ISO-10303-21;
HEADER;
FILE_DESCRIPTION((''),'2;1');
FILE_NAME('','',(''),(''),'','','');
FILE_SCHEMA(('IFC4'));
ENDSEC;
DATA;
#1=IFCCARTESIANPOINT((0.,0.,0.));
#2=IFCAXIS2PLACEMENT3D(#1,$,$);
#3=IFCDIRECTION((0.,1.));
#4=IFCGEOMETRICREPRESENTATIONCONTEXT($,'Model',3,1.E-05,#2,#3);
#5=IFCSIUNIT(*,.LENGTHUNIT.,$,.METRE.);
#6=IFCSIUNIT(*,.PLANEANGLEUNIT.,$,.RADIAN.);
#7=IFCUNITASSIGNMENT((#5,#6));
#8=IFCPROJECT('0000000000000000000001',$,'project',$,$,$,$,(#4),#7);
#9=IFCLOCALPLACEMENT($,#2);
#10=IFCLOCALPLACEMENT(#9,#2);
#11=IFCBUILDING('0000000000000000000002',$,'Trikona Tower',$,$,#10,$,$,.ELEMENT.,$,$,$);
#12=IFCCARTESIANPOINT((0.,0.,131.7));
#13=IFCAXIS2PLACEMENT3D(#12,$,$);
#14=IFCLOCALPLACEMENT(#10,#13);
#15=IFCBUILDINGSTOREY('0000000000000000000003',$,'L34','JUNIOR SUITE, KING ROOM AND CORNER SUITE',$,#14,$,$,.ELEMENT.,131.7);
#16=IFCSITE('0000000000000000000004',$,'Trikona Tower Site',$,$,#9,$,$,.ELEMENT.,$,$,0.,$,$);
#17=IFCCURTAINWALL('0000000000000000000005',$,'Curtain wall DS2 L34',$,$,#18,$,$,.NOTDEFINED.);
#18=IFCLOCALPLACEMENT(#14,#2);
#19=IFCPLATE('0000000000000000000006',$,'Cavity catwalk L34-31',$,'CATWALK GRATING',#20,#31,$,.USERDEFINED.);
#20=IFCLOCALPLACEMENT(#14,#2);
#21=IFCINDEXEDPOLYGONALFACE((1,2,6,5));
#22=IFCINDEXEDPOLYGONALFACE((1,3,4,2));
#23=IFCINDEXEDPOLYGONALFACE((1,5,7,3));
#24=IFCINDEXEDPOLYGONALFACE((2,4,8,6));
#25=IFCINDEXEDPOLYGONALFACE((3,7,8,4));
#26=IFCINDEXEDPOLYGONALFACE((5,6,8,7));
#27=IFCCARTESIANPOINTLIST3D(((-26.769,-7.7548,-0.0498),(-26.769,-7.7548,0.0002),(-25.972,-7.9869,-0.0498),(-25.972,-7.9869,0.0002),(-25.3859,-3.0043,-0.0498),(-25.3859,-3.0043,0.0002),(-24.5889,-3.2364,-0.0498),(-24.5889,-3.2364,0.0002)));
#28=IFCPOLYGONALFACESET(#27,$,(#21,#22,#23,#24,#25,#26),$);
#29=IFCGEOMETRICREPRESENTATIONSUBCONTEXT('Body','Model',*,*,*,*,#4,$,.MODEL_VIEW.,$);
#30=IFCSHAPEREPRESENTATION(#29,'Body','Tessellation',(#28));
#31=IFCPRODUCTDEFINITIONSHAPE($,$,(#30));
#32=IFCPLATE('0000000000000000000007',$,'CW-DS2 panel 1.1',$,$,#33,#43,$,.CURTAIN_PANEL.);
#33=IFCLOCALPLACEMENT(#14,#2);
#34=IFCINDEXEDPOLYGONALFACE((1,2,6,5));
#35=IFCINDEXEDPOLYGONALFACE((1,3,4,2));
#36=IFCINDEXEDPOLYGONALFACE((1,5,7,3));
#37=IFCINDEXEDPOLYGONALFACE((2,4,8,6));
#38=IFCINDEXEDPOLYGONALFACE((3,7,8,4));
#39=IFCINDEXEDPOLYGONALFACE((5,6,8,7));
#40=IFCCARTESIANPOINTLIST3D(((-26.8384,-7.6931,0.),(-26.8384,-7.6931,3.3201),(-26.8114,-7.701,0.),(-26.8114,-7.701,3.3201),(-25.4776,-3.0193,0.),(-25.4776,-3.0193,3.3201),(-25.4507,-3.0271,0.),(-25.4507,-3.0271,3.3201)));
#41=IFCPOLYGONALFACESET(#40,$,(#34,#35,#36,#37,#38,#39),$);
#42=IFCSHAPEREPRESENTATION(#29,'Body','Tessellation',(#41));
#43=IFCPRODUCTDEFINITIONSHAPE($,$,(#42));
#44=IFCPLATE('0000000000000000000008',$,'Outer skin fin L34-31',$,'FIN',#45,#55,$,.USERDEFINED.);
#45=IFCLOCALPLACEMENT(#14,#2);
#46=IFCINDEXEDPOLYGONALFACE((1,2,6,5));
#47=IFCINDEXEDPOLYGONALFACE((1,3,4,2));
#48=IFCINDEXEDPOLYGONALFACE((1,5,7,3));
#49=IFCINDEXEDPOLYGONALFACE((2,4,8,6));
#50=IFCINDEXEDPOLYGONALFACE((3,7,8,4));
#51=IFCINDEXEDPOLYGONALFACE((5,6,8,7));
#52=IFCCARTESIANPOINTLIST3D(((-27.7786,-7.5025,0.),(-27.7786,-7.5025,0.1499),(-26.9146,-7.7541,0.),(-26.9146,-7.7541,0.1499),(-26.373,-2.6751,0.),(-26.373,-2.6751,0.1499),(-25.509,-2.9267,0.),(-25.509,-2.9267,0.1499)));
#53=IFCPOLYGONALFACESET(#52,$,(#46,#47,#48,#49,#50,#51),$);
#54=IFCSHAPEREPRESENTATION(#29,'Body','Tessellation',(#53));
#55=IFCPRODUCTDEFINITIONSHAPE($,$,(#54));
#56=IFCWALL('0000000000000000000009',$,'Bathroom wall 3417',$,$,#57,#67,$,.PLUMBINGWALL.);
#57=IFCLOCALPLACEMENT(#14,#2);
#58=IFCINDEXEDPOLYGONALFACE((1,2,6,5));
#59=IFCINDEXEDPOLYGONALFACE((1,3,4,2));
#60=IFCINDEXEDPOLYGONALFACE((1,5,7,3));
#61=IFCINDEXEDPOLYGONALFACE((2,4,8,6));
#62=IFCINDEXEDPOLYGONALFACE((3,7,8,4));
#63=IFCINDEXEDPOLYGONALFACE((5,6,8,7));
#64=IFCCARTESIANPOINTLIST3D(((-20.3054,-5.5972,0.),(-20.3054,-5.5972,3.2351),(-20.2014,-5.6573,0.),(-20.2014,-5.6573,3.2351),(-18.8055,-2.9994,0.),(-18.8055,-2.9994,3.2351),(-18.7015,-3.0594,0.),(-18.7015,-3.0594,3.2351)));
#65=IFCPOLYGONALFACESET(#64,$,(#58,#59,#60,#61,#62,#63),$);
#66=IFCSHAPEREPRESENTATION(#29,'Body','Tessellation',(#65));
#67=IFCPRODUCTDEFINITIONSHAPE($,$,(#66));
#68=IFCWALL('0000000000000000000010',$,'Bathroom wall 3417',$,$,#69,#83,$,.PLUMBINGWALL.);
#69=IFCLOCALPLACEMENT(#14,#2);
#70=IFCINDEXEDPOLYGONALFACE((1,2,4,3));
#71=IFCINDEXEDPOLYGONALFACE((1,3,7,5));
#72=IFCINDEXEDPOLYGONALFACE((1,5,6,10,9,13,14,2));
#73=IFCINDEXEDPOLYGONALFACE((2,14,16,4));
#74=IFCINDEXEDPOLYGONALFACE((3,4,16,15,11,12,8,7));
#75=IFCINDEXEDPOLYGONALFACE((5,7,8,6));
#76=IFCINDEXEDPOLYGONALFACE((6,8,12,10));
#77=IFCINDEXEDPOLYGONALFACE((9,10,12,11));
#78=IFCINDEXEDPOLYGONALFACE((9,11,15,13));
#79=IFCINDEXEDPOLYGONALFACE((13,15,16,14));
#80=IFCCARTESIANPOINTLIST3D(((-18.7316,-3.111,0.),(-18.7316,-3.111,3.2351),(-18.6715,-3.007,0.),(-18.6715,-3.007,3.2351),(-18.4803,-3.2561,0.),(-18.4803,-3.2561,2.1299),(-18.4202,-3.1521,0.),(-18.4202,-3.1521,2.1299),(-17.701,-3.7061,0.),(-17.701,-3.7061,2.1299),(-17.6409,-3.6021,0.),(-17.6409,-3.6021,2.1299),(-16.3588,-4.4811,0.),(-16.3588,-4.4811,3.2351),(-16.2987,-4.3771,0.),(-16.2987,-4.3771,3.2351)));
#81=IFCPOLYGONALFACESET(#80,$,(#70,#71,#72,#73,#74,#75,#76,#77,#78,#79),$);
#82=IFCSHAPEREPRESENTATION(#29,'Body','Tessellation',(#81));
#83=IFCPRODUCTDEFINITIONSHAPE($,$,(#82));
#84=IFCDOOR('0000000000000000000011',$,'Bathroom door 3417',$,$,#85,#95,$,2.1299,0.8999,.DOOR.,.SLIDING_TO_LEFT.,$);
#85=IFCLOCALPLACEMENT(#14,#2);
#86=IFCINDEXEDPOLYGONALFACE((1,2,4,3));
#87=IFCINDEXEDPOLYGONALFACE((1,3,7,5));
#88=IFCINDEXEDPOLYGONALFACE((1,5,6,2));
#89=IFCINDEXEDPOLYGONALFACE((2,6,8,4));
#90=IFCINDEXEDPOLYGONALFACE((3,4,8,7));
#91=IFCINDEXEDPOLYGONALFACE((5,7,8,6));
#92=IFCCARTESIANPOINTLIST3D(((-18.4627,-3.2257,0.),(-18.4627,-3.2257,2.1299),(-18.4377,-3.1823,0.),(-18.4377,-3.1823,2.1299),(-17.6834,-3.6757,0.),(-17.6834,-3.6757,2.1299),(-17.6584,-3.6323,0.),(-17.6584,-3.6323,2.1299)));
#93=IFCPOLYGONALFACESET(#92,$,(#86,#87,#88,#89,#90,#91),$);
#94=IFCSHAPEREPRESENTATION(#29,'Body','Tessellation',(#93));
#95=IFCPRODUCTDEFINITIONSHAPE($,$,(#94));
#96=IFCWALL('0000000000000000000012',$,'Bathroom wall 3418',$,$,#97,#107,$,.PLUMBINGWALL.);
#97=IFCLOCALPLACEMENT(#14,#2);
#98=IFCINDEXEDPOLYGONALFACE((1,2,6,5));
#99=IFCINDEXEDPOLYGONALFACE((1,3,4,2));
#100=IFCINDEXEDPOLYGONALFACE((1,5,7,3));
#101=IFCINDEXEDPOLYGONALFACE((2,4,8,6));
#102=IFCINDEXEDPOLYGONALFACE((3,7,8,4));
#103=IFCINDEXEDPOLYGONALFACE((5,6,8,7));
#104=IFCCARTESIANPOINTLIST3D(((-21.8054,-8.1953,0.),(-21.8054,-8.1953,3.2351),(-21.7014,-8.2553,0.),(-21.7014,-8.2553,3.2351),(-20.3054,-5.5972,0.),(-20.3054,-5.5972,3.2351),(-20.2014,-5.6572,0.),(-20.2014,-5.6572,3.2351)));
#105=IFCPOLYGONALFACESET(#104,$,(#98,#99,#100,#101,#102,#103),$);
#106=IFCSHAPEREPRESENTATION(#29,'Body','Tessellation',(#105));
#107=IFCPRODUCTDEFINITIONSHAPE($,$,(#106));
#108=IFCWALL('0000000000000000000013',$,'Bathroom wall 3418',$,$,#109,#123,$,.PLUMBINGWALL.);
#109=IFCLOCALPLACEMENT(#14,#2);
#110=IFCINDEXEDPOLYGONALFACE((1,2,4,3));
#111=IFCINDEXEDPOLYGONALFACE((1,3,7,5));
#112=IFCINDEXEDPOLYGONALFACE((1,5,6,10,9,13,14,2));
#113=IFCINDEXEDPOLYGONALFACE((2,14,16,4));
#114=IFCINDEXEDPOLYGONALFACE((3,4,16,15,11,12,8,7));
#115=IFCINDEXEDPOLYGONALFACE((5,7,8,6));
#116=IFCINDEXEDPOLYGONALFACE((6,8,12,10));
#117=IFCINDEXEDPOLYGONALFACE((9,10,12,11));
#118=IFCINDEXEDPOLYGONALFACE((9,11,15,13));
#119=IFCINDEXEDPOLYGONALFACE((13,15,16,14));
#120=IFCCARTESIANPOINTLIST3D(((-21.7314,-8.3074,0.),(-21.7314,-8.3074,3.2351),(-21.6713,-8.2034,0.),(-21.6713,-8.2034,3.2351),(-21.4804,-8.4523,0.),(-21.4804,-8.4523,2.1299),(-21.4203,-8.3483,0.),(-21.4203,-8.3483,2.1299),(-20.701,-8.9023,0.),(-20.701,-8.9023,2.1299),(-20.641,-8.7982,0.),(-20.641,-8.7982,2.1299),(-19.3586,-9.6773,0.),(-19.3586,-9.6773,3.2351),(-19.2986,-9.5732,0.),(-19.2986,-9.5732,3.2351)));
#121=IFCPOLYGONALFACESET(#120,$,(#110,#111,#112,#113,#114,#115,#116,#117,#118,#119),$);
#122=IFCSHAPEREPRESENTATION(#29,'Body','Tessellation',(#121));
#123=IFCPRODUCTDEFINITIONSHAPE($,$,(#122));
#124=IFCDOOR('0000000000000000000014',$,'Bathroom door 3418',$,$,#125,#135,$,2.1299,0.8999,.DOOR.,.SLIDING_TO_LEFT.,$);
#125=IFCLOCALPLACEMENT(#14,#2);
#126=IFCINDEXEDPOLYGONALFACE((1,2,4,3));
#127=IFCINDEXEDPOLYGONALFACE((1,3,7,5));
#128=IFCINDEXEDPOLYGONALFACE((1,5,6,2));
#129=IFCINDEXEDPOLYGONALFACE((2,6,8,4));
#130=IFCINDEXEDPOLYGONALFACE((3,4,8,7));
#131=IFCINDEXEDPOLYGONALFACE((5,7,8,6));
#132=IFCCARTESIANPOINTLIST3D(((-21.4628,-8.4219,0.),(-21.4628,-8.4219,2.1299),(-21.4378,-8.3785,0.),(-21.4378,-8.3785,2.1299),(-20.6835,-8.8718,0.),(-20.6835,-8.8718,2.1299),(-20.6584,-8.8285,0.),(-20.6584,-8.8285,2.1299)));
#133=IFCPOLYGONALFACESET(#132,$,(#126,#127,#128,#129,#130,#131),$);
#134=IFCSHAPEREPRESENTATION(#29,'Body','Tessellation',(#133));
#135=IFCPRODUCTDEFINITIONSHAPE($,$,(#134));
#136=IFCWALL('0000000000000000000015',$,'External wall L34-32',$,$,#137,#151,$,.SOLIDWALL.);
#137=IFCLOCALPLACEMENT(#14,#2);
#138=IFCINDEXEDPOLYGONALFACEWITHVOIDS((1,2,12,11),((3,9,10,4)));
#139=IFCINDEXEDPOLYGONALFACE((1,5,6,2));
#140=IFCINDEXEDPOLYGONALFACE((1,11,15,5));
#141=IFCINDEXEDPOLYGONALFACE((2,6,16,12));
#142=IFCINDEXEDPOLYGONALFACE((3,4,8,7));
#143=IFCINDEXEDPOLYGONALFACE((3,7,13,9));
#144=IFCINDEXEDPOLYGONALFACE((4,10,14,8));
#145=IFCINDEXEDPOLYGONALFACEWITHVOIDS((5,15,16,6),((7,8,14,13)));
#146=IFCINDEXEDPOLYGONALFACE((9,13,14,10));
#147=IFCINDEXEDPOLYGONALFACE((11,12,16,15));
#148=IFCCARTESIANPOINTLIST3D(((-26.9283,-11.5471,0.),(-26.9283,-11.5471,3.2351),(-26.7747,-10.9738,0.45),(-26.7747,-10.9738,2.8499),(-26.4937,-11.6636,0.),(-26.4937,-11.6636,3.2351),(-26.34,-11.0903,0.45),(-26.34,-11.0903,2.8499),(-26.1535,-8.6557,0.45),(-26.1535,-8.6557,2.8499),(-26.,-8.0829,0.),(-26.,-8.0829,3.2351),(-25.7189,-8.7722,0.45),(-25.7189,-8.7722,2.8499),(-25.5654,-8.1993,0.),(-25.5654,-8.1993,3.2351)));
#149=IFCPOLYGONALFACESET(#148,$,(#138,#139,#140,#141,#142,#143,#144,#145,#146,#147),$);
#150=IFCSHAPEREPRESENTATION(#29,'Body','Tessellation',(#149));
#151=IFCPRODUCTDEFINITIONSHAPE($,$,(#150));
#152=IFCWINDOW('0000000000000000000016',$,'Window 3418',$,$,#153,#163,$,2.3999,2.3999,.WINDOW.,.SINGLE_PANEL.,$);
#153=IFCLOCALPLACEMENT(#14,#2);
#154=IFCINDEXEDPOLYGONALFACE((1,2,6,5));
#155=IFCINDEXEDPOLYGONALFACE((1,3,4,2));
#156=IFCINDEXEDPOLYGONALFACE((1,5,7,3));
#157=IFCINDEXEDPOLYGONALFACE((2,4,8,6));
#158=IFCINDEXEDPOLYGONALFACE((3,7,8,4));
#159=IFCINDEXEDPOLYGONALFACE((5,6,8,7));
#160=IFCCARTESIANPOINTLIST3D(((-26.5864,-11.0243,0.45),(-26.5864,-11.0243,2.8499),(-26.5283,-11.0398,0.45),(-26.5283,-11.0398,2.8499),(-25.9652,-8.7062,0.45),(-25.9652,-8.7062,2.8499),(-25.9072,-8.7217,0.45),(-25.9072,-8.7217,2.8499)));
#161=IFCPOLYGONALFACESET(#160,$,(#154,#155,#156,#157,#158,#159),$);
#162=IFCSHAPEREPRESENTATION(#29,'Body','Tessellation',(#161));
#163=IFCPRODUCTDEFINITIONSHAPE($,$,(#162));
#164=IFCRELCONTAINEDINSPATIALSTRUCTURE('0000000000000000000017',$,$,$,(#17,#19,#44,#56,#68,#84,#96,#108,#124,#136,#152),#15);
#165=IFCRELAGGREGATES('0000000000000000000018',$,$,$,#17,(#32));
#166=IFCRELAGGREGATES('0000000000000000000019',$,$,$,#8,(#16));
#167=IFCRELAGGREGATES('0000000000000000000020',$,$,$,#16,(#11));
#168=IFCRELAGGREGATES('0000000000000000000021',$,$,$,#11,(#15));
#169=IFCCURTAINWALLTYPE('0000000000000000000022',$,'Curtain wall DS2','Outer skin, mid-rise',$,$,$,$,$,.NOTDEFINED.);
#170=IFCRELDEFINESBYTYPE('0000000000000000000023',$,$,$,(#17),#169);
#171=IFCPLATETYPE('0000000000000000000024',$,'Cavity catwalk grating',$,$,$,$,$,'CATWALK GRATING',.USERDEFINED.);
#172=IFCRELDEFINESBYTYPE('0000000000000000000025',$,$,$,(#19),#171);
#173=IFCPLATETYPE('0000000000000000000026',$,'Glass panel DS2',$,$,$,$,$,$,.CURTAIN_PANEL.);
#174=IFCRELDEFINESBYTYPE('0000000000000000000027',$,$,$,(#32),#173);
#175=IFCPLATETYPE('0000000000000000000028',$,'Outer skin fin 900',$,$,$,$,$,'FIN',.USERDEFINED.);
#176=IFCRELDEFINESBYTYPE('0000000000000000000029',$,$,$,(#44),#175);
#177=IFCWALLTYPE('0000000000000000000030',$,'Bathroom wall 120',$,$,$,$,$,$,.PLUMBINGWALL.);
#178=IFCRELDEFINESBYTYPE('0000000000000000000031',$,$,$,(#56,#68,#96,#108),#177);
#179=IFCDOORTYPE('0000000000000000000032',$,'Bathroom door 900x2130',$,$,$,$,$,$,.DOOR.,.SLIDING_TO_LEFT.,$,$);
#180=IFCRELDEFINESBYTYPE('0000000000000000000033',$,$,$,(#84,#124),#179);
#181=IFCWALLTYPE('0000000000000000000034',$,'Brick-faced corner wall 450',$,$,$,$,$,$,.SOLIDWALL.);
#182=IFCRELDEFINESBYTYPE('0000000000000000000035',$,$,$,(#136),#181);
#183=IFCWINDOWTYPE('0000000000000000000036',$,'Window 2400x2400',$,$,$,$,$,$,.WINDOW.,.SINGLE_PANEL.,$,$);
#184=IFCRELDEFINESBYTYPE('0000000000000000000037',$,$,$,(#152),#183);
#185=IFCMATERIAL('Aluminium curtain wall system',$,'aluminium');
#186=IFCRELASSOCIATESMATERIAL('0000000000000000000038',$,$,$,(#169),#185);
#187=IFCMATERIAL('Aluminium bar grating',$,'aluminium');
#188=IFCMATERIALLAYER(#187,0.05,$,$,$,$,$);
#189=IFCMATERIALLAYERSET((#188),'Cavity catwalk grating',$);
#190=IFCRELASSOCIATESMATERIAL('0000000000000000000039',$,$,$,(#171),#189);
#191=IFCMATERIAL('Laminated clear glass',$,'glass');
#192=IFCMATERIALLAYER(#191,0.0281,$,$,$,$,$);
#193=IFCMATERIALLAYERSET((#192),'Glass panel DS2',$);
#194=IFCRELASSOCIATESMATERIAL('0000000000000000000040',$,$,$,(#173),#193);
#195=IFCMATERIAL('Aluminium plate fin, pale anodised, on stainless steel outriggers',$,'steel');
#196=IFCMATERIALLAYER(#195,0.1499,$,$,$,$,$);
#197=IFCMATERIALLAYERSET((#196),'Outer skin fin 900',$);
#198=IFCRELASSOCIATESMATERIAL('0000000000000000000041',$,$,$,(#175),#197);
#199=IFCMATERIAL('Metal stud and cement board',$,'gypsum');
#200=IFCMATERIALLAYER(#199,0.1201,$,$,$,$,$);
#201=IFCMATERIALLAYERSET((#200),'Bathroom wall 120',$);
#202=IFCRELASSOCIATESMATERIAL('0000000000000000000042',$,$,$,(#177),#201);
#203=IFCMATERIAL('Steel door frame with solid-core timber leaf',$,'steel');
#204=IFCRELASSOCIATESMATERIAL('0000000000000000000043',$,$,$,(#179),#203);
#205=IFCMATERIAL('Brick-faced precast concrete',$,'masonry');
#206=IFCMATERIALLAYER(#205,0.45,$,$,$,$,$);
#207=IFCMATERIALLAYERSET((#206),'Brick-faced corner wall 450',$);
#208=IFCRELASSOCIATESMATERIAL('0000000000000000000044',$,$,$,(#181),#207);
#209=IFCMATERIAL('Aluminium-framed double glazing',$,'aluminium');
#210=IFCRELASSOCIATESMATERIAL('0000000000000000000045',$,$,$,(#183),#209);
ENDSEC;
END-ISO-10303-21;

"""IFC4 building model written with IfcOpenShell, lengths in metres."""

from ifc_helpers import new_model, si_unit, direction, frame, frame_2d, origin, origin_2d, place, context, subcontext, project, spatial, rectangle, extrude, material, layer, layer_set, type_object, element, fill, aggregate, save


model = new_model("IFC4")

# Units and contexts
model_context = context("Model", 3, precision=1e-05, world=origin(), true_north=direction((0.0, 1.0)))
body_context = subcontext(model_context, "Body", "Model", "MODEL_VIEW")
ifc_project = project(units=[si_unit("LENGTHUNIT", "METRE"), si_unit("PLANEANGLEUNIT", "RADIAN")], contexts=[model_context])

# Site, building, storey
site_placement = place(None, origin())
site = spatial("IfcSite", under=ifc_project, at=site_placement, Name="Trikona Tower Site", CompositionType="ELEMENT", RefElevation=0.0)
building_placement = place(site_placement, origin())
building = spatial("IfcBuilding", under=site, at=building_placement, Name="Trikona Tower", CompositionType="ELEMENT")
storey_placement = place(building_placement, frame((0.0, 0.0, 131.7)))
storey = spatial("IfcBuildingStorey", under=building, at=storey_placement, Name="L34", Description="JUNIOR SUITE, KING ROOM AND CORNER SUITE", CompositionType="ELEMENT", Elevation=131.7)

# Shared definitions
ifc_material_1 = material(Name="Aluminium curtain wall system", Category="aluminium")
curtain_wall_type = type_object("IfcCurtainWallType", Name="Curtain wall DS2", Description="Outer skin, mid-rise", PredefinedType="NOTDEFINED", material=ifc_material_1)

# Curtain wall
curtain_wall_1_placement = place(storey_placement, origin())
curtain_wall_1 = element("IfcCurtainWall", 1, at=curtain_wall_1_placement, inside=storey, type_object=curtain_wall_type, Name="Curtain wall DS2 L34", PredefinedType="NOTDEFINED")

# Plate
ifc_material_2 = material(Name="Aluminium bar grating", Category="aluminium")
ifc_layer_1 = layer(ifc_material_2, 0.05)
ifc_layer_set_1 = layer_set([ifc_layer_1], Name="Cavity catwalk grating")
plate_type_1 = type_object("IfcPlateType", Name="Cavity catwalk grating", ElementType="CATWALK GRATING", PredefinedType="USERDEFINED", material=ifc_layer_set_1)
plate_1_placement = place(storey_placement, frame((-25.679, -5.4956, -0.0498), z_axis=(0.0, 0.0, 1.0), x_axis=(-0.279554, -0.96013, 0.0)))
element("IfcPlate", 2, at=plate_1_placement, inside=storey, type_object=plate_type_1, Name="Cavity catwalk L34-31", ObjectType="CATWALK GRATING", PredefinedType="USERDEFINED", context=body_context, shape_type="SweptSolid", body=[
    extrude(rectangle(XDim=4.9478, YDim=0.8301, at=origin_2d()), origin(), (0.0, 0.0, 1.0), 0.05),
])

# Plates
ifc_material_3 = material(Name="Laminated clear glass", Category="glass")
ifc_layer_2 = layer(ifc_material_3, 0.0281)
ifc_layer_set_2 = layer_set([ifc_layer_2], Name="Glass panel DS2")
plate_type_2 = type_object("IfcPlateType", Name="Glass panel DS2", PredefinedType="CURTAIN_PANEL", material=ifc_layer_set_2)
plate_2_placement = place(storey_placement, frame((-26.1445, -5.3601, 0.0), z_axis=(0.0, 0.0, 1.0), x_axis=(-0.279543, -0.960133, 0.0)))
plate_2 = element("IfcPlate", 3, at=plate_2_placement, type_object=plate_type_2, Name="CW-DS2 panel 1.1", PredefinedType="CURTAIN_PANEL", context=body_context, shape_type="SweptSolid", body=[
    extrude(rectangle(XDim=4.8679, YDim=0.0281, at=origin_2d()), origin(), (0.0, 0.0, 1.0), 3.3201),
])
aggregate(curtain_wall_1, [plate_2])
ifc_material_4 = material(Name="Aluminium plate fin, pale anodised, on stainless steel outriggers", Category="steel")
ifc_layer_3 = layer(ifc_material_4, 0.1499)
ifc_layer_set_3 = layer_set([ifc_layer_3], Name="Outer skin fin 900")
plate_type_3 = type_object("IfcPlateType", Name="Outer skin fin 900", ElementType="FIN", PredefinedType="USERDEFINED", material=ifc_layer_set_3)
plate_3_placement = place(storey_placement, frame((-26.6438, -5.2146, 0.0), z_axis=(0.0, 0.0, 1.0), x_axis=(-0.279554, -0.96013, 0.0)))
element("IfcPlate", 4, at=plate_3_placement, inside=storey, type_object=plate_type_3, Name="Outer skin fin L34-31", ObjectType="FIN", PredefinedType="USERDEFINED", context=body_context, shape_type="SweptSolid", body=[
    extrude(rectangle(XDim=5.0278, YDim=0.8999, at=origin_2d()), origin(), (0.0, 0.0, 1.0), 0.1499),
])

# Wall
ifc_material_5 = material(Name="Metal stud and cement board", Category="gypsum")
ifc_layer_4 = layer(ifc_material_5, 0.1201)
ifc_layer_set_4 = layer_set([ifc_layer_4], Name="Bathroom wall 120")
wall_type_1 = type_object("IfcWallType", Name="Bathroom wall 120", PredefinedType="PLUMBINGWALL", material=ifc_layer_set_4)
wall_1_placement = place(storey_placement, frame((-18.7534, -3.0293, 0.0), z_axis=(0.0, 0.0, 1.0), x_axis=(-0.500025, -0.866011, 0.0)))
element("IfcWall", 5, at=wall_1_placement, inside=storey, type_object=wall_type_1, Name="Bathroom wall 3417", PredefinedType="PLUMBINGWALL", context=body_context, shape_type="SweptSolid", body=[
    extrude(rectangle(XDim=2.9998, YDim=0.1201, at=frame_2d((1.5, 0.0))), origin(), (0.0, 0.0, 1.0), 3.2351),
])

# Wall, opening, door
wall_2_placement = place(storey_placement, frame((-16.3286, -4.4292, 0.0), z_axis=(0.0, 0.0, 1.0), x_axis=(-0.865997, 0.500049, 0.0)))
wall_2 = element("IfcWall", 6, at=wall_2_placement, inside=storey, type_object=wall_type_1, Name="Bathroom wall 3417", PredefinedType="PLUMBINGWALL", context=body_context, shape_type="SweptSolid", body=[
    extrude(rectangle(XDim=2.74, YDim=0.1201, at=frame_2d((1.3701, 0.0))), origin(), (0.0, 0.0, 1.0), 3.2351),
])
opening_1_placement = place(wall_2_placement, frame((1.55, 0.0, 0.0)))
opening_1 = element("IfcOpeningElement", 7, at=opening_1_placement, cuts=wall_2, PredefinedType="OPENING", context=body_context, shape_type="SweptSolid", body=[
    extrude(rectangle(XDim=0.8999, YDim=2.1299, at=frame_2d((0.45, 1.0649))), frame((0.0, 0.0701, 0.0), z_axis=(0.0, -1.0, 0.0), x_axis=(1.0, 0.0, 0.0)), (0.0, 0.0, 1.0), 0.1401),
])
ifc_material_6 = material(Name="Steel door frame with solid-core timber leaf", Category="steel")
door_type_1 = type_object("IfcDoorType", Name="Bathroom door 900x2130", OperationType="SLIDING_TO_LEFT", PredefinedType="DOOR", material=ifc_material_6)
door_1_placement = place(opening_1_placement, origin())
door_1 = element("IfcDoor", 8, at=door_1_placement, inside=storey, type_object=door_type_1, Name="Bathroom door 3417", OperationType="SLIDING_TO_LEFT", OverallHeight=2.1299, OverallWidth=0.8999, PredefinedType="DOOR", context=body_context, shape_type="SweptSolid", body=[
    extrude(rectangle(XDim=0.8999, YDim=2.1299, at=frame_2d((0.45, 1.0649))), frame((0.0, 0.0249, 0.0), z_axis=(0.0, -1.0, 0.0), x_axis=(1.0, 0.0, 0.0)), (0.0, 0.0, 1.0), 0.05),
])
fill(opening_1, door_1)

# Wall
wall_3_placement = place(storey_placement, frame((-20.2534, -5.6272, 0.0), z_axis=(0.0, 0.0, 1.0), x_axis=(-0.49999, -0.866031, 0.0)))
element("IfcWall", 9, at=wall_3_placement, inside=storey, type_object=wall_type_1, Name="Bathroom wall 3418", PredefinedType="PLUMBINGWALL", context=body_context, shape_type="SweptSolid", body=[
    extrude(rectangle(XDim=3.0, YDim=0.1201, at=frame_2d((1.5, 0.0))), origin(), (0.0, 0.0, 1.0), 3.2351),
])

# Wall, opening, door
wall_4_placement = place(storey_placement, frame((-19.3286, -9.6252, 0.0), z_axis=(0.0, 0.0, 1.0), x_axis=(-0.866036, 0.499982, 0.0)))
wall_4 = element("IfcWall", 10, at=wall_4_placement, inside=storey, type_object=wall_type_1, Name="Bathroom wall 3418", PredefinedType="PLUMBINGWALL", context=body_context, shape_type="SweptSolid", body=[
    extrude(rectangle(XDim=2.7397, YDim=0.1201, at=frame_2d((1.3699, 0.0))), origin(), (0.0, 0.0, 1.0), 3.2351),
])
opening_2_placement = place(wall_4_placement, frame((1.55, 0.0, 0.0)))
opening_2 = element("IfcOpeningElement", 11, at=opening_2_placement, cuts=wall_4, PredefinedType="OPENING", context=body_context, shape_type="SweptSolid", body=[
    extrude(rectangle(XDim=0.8999, YDim=2.1299, at=frame_2d((0.45, 1.0649))), frame((0.0, 0.0701, 0.0), z_axis=(0.0, -1.0, 0.0), x_axis=(1.0, 0.0, 0.0)), (0.0, 0.0, 1.0), 0.1401),
])
door_2_placement = place(opening_2_placement, origin())
door_2 = element("IfcDoor", 12, at=door_2_placement, inside=storey, type_object=door_type_1, Name="Bathroom door 3418", OperationType="SLIDING_TO_LEFT", OverallHeight=2.1299, OverallWidth=0.8999, PredefinedType="DOOR", context=body_context, shape_type="SweptSolid", body=[
    extrude(rectangle(XDim=0.8999, YDim=2.1299, at=frame_2d((0.45, 1.0649))), frame((0.0, 0.0249, 0.0), z_axis=(0.0, -1.0, 0.0), x_axis=(1.0, 0.0, 0.0)), (0.0, 0.0, 1.0), 0.05),
])
fill(opening_2, door_2)

# Wall, opening, window
ifc_material_7 = material(Name="Brick-faced precast concrete", Category="masonry")
ifc_layer_5 = layer(ifc_material_7, 0.45)
ifc_layer_set_5 = layer_set([ifc_layer_5], Name="Brick-faced corner wall 450")
wall_type_2 = type_object("IfcWallType", Name="Brick-faced corner wall 450", PredefinedType="SOLIDWALL", material=ifc_layer_set_5)
wall_5_placement = place(storey_placement, frame((-25.7827, -8.1411, 0.0), z_axis=(0.0, 0.0, 1.0), x_axis=(-0.258823, -0.965925, 0.0)))
wall_5 = element("IfcWall", 13, at=wall_5_placement, inside=storey, type_object=wall_type_2, Name="External wall L34-32", PredefinedType="SOLIDWALL", context=body_context, shape_type="SweptSolid", body=[
    extrude(rectangle(XDim=3.5864, YDim=0.45, at=frame_2d((1.7932, 0.0))), origin(), (0.0, 0.0, 1.0), 3.2351),
])
opening_3_placement = place(wall_5_placement, frame((0.593, 0.0, 0.45)))
opening_3 = element("IfcOpeningElement", 14, at=opening_3_placement, cuts=wall_5, PredefinedType="OPENING", context=body_context, shape_type="SweptSolid", body=[
    extrude(rectangle(XDim=2.3999, YDim=2.3999, at=frame_2d((1.2, 1.2))), frame((0.0, 0.2349, 0.0), z_axis=(0.0, -1.0, 0.0), x_axis=(1.0, 0.0, 0.0)), (0.0, 0.0, 1.0), 0.47),
])
ifc_material_8 = material(Name="Aluminium-framed double glazing", Category="aluminium")
window_type_1 = type_object("IfcWindowType", Name="Window 2400x2400", PartitioningType="SINGLE_PANEL", PredefinedType="WINDOW", material=ifc_material_8)
window_1_placement = place(opening_3_placement, origin())
window_1 = element("IfcWindow", 15, at=window_1_placement, inside=storey, type_object=window_type_1, Name="Window 3418", OverallHeight=2.3999, OverallWidth=2.3999, PartitioningType="SINGLE_PANEL", PredefinedType="WINDOW", context=body_context, shape_type="SweptSolid", body=[
    extrude(rectangle(XDim=2.3999, YDim=2.3999, at=frame_2d((1.2, 1.2))), frame((0.0, 0.03, 0.0), z_axis=(0.0, -1.0, 0.0), x_axis=(1.0, 0.0, 0.0)), (0.0, 0.0, 1.0), 0.0601),
])
fill(opening_3, window_1)

save(model, "model.ifc")
